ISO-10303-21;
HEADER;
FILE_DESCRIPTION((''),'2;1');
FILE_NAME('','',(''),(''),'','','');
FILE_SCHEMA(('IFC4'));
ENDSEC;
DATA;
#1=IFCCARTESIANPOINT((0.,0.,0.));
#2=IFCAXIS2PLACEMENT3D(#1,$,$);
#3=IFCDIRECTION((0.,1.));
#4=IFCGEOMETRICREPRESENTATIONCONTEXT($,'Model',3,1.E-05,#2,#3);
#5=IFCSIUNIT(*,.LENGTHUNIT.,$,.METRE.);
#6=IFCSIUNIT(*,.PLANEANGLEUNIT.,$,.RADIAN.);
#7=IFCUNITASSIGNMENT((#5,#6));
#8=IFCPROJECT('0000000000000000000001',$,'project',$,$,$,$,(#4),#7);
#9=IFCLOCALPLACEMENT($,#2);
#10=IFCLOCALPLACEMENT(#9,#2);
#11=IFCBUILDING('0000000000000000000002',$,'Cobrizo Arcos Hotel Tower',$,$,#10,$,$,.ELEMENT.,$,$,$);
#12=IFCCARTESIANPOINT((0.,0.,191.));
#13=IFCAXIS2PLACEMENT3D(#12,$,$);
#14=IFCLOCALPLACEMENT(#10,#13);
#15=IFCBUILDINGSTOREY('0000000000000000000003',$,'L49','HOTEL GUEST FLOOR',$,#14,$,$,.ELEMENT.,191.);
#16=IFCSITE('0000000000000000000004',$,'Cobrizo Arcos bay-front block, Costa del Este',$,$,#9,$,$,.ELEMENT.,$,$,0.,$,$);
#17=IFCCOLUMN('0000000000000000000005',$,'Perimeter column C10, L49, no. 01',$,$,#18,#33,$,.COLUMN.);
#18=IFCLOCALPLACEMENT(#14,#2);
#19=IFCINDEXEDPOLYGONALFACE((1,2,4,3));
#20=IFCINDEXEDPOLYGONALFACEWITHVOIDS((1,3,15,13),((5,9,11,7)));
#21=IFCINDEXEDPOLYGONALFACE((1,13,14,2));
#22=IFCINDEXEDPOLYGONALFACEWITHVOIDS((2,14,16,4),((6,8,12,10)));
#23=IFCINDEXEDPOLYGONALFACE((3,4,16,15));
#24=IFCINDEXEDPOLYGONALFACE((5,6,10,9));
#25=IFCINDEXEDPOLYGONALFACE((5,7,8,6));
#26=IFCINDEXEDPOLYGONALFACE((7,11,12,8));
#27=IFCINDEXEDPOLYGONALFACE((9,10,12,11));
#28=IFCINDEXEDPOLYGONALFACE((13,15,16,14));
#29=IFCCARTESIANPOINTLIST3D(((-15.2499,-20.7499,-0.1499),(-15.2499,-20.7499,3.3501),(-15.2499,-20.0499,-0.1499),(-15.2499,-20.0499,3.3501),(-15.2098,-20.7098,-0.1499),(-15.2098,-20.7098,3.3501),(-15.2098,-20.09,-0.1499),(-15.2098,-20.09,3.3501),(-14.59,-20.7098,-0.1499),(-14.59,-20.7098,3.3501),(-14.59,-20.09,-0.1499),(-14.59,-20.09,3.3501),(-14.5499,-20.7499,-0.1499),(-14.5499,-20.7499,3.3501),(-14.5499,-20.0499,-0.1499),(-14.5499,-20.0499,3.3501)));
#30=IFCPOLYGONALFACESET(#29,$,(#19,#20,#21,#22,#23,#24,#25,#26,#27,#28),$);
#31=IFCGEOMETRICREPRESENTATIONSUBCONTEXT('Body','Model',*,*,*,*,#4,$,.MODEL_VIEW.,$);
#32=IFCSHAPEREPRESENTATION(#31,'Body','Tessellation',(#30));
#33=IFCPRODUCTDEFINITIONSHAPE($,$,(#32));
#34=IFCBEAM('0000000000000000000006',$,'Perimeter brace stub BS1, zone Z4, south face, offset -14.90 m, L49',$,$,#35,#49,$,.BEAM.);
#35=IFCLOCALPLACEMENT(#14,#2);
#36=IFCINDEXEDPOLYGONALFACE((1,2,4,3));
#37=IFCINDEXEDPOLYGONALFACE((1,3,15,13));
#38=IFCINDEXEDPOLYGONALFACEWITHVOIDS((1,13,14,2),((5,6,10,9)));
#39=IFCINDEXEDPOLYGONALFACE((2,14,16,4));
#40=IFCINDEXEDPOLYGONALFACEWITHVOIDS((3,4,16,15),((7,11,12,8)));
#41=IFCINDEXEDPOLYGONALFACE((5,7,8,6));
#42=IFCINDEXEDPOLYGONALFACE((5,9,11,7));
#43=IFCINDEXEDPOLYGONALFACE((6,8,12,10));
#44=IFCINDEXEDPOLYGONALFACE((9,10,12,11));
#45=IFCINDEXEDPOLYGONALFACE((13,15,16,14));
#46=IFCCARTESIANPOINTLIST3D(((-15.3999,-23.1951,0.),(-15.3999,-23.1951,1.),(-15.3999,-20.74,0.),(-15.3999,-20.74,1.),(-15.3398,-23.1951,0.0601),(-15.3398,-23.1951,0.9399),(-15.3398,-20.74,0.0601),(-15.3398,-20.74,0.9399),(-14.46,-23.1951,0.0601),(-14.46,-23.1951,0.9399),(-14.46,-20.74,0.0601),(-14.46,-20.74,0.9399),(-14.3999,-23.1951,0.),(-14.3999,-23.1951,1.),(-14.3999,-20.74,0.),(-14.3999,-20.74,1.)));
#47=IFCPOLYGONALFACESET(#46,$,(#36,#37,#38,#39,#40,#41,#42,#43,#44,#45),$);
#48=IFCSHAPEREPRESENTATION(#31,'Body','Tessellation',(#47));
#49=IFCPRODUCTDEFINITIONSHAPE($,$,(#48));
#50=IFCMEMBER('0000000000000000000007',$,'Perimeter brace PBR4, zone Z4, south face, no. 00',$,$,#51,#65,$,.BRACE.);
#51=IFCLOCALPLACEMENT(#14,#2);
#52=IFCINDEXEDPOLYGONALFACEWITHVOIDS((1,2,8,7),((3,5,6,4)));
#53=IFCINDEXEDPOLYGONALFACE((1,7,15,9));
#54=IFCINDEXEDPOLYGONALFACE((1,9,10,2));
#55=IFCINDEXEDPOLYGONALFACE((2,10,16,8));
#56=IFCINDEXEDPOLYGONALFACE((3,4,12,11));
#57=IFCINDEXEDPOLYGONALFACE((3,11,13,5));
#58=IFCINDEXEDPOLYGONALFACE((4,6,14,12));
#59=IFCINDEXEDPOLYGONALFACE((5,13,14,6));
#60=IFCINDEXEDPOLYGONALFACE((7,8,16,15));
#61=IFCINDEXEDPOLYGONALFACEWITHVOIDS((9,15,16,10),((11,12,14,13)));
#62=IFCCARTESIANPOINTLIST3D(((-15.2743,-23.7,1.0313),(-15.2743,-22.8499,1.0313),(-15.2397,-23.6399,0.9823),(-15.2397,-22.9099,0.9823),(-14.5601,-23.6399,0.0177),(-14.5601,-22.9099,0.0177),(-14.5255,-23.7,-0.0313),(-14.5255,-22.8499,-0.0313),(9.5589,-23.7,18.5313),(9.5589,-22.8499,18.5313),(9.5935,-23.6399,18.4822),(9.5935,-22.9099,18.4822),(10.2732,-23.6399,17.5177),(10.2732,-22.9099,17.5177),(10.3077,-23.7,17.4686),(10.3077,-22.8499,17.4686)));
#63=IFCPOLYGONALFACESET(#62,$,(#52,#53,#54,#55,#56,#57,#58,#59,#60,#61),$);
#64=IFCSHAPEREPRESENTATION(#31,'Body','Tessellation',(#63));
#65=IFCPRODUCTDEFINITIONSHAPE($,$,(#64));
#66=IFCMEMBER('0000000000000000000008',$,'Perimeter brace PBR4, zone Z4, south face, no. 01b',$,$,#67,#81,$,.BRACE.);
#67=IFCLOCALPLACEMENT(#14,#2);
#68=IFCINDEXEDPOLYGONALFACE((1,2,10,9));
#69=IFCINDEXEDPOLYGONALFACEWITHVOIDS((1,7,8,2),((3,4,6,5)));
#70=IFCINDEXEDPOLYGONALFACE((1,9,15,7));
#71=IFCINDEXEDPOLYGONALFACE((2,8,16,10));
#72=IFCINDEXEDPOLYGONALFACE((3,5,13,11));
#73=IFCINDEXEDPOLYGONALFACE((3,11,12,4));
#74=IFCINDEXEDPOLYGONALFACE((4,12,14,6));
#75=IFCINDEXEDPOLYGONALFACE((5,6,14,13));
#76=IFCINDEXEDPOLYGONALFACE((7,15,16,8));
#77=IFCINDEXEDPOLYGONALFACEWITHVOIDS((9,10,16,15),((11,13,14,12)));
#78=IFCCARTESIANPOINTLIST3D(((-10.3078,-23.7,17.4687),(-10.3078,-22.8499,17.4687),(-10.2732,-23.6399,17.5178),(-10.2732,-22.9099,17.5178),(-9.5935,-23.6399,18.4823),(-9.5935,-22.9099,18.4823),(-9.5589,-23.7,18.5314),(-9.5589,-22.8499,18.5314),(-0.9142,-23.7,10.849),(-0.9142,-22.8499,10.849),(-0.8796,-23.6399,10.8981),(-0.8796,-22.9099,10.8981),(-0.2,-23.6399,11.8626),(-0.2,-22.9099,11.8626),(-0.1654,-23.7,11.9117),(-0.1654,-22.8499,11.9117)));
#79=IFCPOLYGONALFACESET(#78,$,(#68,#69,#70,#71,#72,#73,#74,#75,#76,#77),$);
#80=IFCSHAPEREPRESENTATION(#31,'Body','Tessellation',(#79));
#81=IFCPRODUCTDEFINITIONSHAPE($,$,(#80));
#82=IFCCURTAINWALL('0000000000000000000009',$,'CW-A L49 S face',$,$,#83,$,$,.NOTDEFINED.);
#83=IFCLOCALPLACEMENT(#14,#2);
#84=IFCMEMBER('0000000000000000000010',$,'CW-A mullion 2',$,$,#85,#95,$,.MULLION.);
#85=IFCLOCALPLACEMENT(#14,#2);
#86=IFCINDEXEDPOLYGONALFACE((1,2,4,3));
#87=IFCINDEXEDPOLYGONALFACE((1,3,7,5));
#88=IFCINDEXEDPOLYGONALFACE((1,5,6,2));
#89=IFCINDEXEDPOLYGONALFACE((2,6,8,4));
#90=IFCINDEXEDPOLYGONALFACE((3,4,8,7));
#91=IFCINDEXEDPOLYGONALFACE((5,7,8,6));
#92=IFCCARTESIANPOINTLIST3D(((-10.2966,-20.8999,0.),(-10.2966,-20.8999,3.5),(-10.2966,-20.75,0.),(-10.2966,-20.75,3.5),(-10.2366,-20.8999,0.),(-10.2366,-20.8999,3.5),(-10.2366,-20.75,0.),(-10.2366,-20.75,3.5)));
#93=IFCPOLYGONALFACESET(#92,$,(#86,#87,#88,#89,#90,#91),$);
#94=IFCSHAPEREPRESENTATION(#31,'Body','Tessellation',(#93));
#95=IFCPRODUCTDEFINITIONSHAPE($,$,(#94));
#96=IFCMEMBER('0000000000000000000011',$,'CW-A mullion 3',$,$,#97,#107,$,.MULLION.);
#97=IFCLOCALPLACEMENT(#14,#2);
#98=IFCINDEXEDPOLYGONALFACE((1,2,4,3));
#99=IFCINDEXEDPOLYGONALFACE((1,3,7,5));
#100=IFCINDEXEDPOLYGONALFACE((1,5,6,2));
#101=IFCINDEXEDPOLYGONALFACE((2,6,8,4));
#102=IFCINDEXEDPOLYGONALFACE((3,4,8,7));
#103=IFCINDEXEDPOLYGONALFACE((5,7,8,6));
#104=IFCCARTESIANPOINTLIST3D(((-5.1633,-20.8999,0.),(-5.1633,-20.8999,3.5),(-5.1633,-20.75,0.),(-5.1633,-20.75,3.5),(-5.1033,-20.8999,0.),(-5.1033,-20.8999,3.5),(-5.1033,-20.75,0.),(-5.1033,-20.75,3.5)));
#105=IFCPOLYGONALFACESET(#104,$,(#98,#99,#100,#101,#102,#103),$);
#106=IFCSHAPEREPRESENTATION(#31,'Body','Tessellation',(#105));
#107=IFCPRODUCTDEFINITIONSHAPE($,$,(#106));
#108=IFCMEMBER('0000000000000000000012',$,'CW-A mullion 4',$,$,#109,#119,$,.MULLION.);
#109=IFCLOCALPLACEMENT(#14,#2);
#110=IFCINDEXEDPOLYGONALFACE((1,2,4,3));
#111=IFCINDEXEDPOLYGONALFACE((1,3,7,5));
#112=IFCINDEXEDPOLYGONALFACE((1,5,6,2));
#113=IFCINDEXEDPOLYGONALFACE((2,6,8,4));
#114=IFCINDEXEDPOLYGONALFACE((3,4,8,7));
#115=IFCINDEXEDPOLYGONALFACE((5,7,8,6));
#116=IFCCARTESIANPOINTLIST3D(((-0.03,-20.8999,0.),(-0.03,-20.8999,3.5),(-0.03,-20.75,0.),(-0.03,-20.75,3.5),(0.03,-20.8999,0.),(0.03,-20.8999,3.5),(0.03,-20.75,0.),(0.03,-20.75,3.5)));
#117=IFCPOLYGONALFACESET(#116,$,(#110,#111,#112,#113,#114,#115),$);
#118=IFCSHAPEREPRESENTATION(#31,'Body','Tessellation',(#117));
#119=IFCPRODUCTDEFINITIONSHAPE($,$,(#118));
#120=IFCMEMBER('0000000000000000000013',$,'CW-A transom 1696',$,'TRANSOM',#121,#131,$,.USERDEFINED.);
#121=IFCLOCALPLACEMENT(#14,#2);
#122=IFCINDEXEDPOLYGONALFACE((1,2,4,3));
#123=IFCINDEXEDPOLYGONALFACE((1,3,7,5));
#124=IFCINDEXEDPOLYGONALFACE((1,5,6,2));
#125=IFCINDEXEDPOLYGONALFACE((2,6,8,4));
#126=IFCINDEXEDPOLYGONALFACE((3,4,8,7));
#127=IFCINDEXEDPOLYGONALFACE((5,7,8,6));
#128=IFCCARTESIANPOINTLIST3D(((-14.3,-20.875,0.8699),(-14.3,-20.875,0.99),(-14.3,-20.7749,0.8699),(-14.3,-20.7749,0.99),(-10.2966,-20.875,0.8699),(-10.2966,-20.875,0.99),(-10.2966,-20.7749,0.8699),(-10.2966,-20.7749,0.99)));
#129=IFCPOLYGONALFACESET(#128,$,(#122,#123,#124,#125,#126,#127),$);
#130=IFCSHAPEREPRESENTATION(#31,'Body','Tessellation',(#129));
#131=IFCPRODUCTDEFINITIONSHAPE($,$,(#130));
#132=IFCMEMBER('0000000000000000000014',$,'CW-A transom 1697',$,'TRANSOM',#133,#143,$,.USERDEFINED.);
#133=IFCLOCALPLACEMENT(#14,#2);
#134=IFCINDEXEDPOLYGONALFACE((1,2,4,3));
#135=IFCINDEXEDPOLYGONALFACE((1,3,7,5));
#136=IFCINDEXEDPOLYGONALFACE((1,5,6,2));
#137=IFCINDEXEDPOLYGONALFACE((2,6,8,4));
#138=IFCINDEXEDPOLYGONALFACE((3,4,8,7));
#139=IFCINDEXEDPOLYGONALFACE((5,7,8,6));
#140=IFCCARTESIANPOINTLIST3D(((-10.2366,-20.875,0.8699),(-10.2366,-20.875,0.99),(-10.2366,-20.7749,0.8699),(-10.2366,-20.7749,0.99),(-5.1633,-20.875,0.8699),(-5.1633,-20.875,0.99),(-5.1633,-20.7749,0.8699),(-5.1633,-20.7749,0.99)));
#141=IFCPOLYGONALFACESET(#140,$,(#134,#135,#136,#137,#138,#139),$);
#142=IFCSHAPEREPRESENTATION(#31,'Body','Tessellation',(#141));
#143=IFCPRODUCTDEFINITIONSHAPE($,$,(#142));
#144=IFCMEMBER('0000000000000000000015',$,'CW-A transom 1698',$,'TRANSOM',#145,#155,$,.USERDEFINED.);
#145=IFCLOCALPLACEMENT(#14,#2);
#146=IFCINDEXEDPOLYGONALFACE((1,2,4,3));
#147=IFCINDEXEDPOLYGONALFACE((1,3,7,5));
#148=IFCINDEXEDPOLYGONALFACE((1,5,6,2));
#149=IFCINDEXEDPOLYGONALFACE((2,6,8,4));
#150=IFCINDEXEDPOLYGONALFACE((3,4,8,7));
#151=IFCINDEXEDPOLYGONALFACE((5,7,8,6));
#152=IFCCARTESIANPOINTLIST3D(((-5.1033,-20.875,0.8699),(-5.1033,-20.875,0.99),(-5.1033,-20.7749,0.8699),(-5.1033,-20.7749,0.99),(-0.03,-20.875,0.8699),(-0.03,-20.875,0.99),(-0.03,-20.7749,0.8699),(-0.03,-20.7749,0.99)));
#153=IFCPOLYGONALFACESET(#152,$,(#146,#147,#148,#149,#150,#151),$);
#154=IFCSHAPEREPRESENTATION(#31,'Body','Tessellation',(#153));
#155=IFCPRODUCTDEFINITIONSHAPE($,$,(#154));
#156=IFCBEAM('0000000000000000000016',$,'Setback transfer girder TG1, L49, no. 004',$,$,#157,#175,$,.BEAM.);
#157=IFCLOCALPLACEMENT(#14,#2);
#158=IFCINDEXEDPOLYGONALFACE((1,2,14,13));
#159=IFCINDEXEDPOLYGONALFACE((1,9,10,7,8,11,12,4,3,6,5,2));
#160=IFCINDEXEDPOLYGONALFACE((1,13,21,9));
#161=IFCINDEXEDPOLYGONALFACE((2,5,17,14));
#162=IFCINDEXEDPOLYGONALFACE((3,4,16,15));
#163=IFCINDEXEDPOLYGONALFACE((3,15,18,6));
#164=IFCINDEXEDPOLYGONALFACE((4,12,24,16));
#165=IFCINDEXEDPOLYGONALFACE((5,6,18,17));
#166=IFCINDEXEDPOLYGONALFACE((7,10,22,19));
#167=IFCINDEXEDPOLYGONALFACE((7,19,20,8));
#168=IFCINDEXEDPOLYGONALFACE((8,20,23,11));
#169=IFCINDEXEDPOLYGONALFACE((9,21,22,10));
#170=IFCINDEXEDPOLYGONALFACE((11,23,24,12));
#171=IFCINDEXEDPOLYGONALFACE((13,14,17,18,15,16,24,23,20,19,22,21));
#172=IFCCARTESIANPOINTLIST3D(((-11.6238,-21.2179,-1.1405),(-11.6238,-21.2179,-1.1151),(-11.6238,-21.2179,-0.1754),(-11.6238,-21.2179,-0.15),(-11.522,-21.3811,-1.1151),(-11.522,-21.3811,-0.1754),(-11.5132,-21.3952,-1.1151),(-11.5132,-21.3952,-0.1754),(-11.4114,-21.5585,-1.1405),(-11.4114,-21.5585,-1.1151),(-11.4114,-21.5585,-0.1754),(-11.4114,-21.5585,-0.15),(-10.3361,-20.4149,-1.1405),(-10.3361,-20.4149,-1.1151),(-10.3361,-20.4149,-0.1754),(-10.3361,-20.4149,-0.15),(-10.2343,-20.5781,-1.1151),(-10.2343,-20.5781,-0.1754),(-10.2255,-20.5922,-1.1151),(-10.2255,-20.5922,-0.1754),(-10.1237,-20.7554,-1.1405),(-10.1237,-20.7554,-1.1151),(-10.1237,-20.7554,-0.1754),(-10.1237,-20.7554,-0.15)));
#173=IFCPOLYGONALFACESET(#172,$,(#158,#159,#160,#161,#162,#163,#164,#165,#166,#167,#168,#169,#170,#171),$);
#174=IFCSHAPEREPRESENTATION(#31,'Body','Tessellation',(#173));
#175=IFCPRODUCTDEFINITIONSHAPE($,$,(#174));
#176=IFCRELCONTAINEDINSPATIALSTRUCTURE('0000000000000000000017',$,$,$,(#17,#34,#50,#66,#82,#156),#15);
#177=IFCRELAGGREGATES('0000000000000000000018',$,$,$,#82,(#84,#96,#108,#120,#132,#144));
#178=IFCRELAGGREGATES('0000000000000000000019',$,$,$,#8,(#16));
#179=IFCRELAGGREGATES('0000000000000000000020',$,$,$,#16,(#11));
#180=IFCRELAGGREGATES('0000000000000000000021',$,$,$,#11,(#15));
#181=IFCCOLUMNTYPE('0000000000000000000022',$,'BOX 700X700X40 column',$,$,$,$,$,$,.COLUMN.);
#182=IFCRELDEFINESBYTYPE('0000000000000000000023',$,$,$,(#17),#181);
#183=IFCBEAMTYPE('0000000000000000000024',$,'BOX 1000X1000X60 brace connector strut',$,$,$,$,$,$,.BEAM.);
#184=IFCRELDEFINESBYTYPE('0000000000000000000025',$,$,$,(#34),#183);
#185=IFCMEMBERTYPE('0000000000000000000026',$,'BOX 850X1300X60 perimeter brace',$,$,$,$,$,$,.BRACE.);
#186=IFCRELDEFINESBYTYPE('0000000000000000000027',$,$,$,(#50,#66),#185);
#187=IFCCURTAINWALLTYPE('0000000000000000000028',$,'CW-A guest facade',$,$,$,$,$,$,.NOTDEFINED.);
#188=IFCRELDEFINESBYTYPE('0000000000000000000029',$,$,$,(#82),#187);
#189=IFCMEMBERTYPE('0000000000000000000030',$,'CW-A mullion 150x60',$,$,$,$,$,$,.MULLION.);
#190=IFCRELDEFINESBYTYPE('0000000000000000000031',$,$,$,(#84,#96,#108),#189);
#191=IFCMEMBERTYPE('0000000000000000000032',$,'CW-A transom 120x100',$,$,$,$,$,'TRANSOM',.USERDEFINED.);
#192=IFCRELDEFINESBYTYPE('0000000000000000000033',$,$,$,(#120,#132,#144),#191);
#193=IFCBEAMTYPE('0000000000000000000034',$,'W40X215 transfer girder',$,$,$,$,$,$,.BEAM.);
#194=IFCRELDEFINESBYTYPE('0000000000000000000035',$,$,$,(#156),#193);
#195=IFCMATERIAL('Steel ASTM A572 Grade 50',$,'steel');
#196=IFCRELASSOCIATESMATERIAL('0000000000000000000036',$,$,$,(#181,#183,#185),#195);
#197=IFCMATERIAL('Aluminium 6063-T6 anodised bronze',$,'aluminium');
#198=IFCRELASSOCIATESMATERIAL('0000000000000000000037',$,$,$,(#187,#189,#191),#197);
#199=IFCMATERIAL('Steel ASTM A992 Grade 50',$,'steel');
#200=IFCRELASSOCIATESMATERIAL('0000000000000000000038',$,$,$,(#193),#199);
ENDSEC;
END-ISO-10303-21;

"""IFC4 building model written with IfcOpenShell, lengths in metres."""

from ifc_helpers import new_model, si_unit, direction, frame, origin, origin_2d, place, context, subcontext, project, spatial, rectangle, hollow_rectangle, i_section, extrude, material, material_profile, profile_set, type_object, element, aggregate, save


model = new_model("IFC4")

# Units and contexts
model_context = context("Model", 3, precision=1e-05, world=origin(), true_north=direction((0.0, 1.0)))
body_context = subcontext(model_context, "Body", "Model", "MODEL_VIEW")
ifc_project = project(units=[si_unit("LENGTHUNIT", "METRE"), si_unit("PLANEANGLEUNIT", "RADIAN")], contexts=[model_context])

# Site, building, storey
site_placement = place(None, origin())
site = spatial("IfcSite", under=ifc_project, at=site_placement, Name="Cobrizo Arcos bay-front block, Costa del Este", CompositionType="ELEMENT", RefElevation=0.0)
building_placement = place(site_placement, origin())
building = spatial("IfcBuilding", under=site, at=building_placement, Name="Cobrizo Arcos Hotel Tower", CompositionType="ELEMENT")
storey_placement = place(building_placement, frame((0.0, 0.0, 191.0)))
storey = spatial("IfcBuildingStorey", under=building, at=storey_placement, Name="L49", Description="HOTEL GUEST FLOOR", CompositionType="ELEMENT", Elevation=191.0)

# Column
ifc_material_1 = material(Name="Steel ASTM A572 Grade 50", Category="steel")
ifc_material_profile_1 = material_profile(ifc_material_1, hollow_rectangle(XDim=0.7, YDim=0.7, WallThickness=0.04, at=origin_2d()), Name="BOX 700X700X40")
ifc_profile_set_1 = profile_set([ifc_material_profile_1], Name="Steel ASTM A572 Grade 50")
column_type = type_object("IfcColumnType", Name="BOX 700X700X40 column", PredefinedType="COLUMN", material=ifc_profile_set_1)
column_placement = place(storey_placement, frame((-14.8999, -20.3999, -0.1499), z_axis=(0.0, 0.0, 1.0), x_axis=(1.0, 0.0, 0.0)))
element("IfcColumn", 1, at=column_placement, inside=storey, type_object=column_type, Name="Perimeter column C10, L49, no. 01", PredefinedType="COLUMN", context=body_context, shape_type="SweptSolid", body=[
    extrude(hollow_rectangle(XDim=0.7, YDim=0.7, WallThickness=0.04, at=origin_2d()), origin(), (0.0, 0.0, 1.0), 3.5),
])

# Beam
ifc_material_profile_2 = material_profile(ifc_material_1, hollow_rectangle(XDim=1.0, YDim=1.0, WallThickness=0.0601, at=origin_2d()), Name="BOX 1000X1000X60")
ifc_profile_set_2 = profile_set([ifc_material_profile_2], Name="Steel ASTM A572 Grade 50")
beam_type_1 = type_object("IfcBeamType", Name="BOX 1000X1000X60 brace connector strut", PredefinedType="BEAM", material=ifc_profile_set_2)
beam_1_placement = place(storey_placement, frame((-14.8999, -20.74, 0.5), z_axis=(0.0, -1.0, 0.0), x_axis=(1.0, 0.0, 0.0)))
element("IfcBeam", 2, at=beam_1_placement, inside=storey, type_object=beam_type_1, Name="Perimeter brace stub BS1, zone Z4, south face, offset -14.90 m, L49", PredefinedType="BEAM", context=body_context, shape_type="SweptSolid", body=[
    extrude(hollow_rectangle(XDim=1.0, YDim=1.0, WallThickness=0.0601, at=origin_2d()), origin(), (0.0, 0.0, 1.0), 2.4551),
])

# Members
ifc_material_profile_3 = material_profile(ifc_material_1, hollow_rectangle(XDim=0.8501, YDim=1.3, WallThickness=0.0601, at=origin_2d()), Name="BOX 850X1300X60")
ifc_profile_set_3 = profile_set([ifc_material_profile_3], Name="Steel ASTM A572 Grade 50")
member_type_1 = type_object("IfcMemberType", Name="BOX 850X1300X60 perimeter brace", PredefinedType="BRACE", material=ifc_profile_set_3)
member_1_placement = place(storey_placement, frame((-14.8999, -23.2749, 0.5), z_axis=(0.817423, 0.0, 0.576038), x_axis=(0.0, 1.0, 0.0)))
element("IfcMember", 3, at=member_1_placement, inside=storey, type_object=member_type_1, Name="Perimeter brace PBR4, zone Z4, south face, no. 00", PredefinedType="BRACE", context=body_context, shape_type="SweptSolid", body=[
    extrude(hollow_rectangle(XDim=0.8501, YDim=1.3, WallThickness=0.0601, at=origin_2d()), origin(), (0.0, 0.0, 1.0), 30.3799),
])
member_2_placement = place(storey_placement, frame((-0.5398, -23.2749, 11.3804), z_axis=(-0.817423, 0.0, 0.576037), x_axis=(0.0, -1.0, 0.0)))
element("IfcMember", 4, at=member_2_placement, inside=storey, type_object=member_type_1, Name="Perimeter brace PBR4, zone Z4, south face, no. 01b", PredefinedType="BRACE", context=body_context, shape_type="SweptSolid", body=[
    extrude(hollow_rectangle(XDim=0.8501, YDim=1.3, WallThickness=0.0601, at=origin_2d()), origin(), (0.0, 0.0, 1.0), 11.4917),
])

# Curtain wall, members
ifc_material_2 = material(Name="Aluminium 6063-T6 anodised bronze", Category="aluminium")
curtain_wall_type = type_object("IfcCurtainWallType", Name="CW-A guest facade", PredefinedType="NOTDEFINED", material=ifc_material_2)
curtain_wall_placement = place(storey_placement, origin())
curtain_wall = element("IfcCurtainWall", 5, at=curtain_wall_placement, inside=storey, type_object=curtain_wall_type, Name="CW-A L49 S face", PredefinedType="NOTDEFINED")
ifc_material_profile_4 = material_profile(ifc_material_2, rectangle(XDim=0.1499, YDim=0.0601, at=origin_2d()), Name="CW-A mullion 150x60")
ifc_profile_set_4 = profile_set([ifc_material_profile_4], Name="Aluminium 6063-T6 anodised bronze")
member_type_2 = type_object("IfcMemberType", Name="CW-A mullion 150x60", PredefinedType="MULLION", material=ifc_profile_set_4)
member_3_placement = place(storey_placement, frame((-10.2666, -20.825, 0.0), z_axis=(0.0, 0.0, 1.0), x_axis=(0.0, -1.0, 0.0)))
member_3 = element("IfcMember", 6, at=member_3_placement, type_object=member_type_2, Name="CW-A mullion 2", PredefinedType="MULLION", context=body_context, shape_type="SweptSolid", body=[
    extrude(rectangle(XDim=0.1499, YDim=0.0601, at=origin_2d()), origin(), (0.0, 0.0, 1.0), 3.5),
])
member_4_placement = place(storey_placement, frame((-5.1333, -20.825, 0.0), z_axis=(0.0, 0.0, 1.0), x_axis=(0.0, -1.0, 0.0)))
member_4 = element("IfcMember", 7, at=member_4_placement, type_object=member_type_2, Name="CW-A mullion 3", PredefinedType="MULLION", context=body_context, shape_type="SweptSolid", body=[
    extrude(rectangle(XDim=0.1499, YDim=0.0601, at=origin_2d()), origin(), (0.0, 0.0, 1.0), 3.5),
])
member_5_placement = place(storey_placement, frame((0.0, -20.825, 0.0), z_axis=(0.0, 0.0, 1.0), x_axis=(0.0, -1.0, 0.0)))
member_5 = element("IfcMember", 8, at=member_5_placement, type_object=member_type_2, Name="CW-A mullion 4", PredefinedType="MULLION", context=body_context, shape_type="SweptSolid", body=[
    extrude(rectangle(XDim=0.1499, YDim=0.0601, at=origin_2d()), origin(), (0.0, 0.0, 1.0), 3.5),
])
ifc_material_profile_5 = material_profile(ifc_material_2, rectangle(XDim=0.1001, YDim=0.1201, at=origin_2d()), Name="CW-A transom 120x100")
ifc_profile_set_5 = profile_set([ifc_material_profile_5], Name="Aluminium 6063-T6 anodised bronze")
member_type_3 = type_object("IfcMemberType", Name="CW-A transom 120x100", ElementType="TRANSOM", PredefinedType="USERDEFINED", material=ifc_profile_set_5)
member_6_placement = place(storey_placement, frame((-14.3, -20.825, 0.9299), z_axis=(1.0, 0.0, 0.0), x_axis=(0.0, 1.0, 0.0)))
member_6 = element("IfcMember", 9, at=member_6_placement, type_object=member_type_3, Name="CW-A transom 1696", ObjectType="TRANSOM", PredefinedType="USERDEFINED", context=body_context, shape_type="SweptSolid", body=[
    extrude(rectangle(XDim=0.1001, YDim=0.1201, at=origin_2d()), origin(), (0.0, 0.0, 1.0), 4.0034),
])
member_7_placement = place(storey_placement, frame((-10.2366, -20.825, 0.9299), z_axis=(1.0, 0.0, 0.0), x_axis=(0.0, 1.0, 0.0)))
member_7 = element("IfcMember", 10, at=member_7_placement, type_object=member_type_3, Name="CW-A transom 1697", ObjectType="TRANSOM", PredefinedType="USERDEFINED", context=body_context, shape_type="SweptSolid", body=[
    extrude(rectangle(XDim=0.1001, YDim=0.1201, at=origin_2d()), origin(), (0.0, 0.0, 1.0), 5.0732),
])
member_8_placement = place(storey_placement, frame((-5.1033, -20.825, 0.9299), z_axis=(1.0, 0.0, 0.0), x_axis=(0.0, 1.0, 0.0)))
member_8 = element("IfcMember", 11, at=member_8_placement, type_object=member_type_3, Name="CW-A transom 1698", ObjectType="TRANSOM", PredefinedType="USERDEFINED", context=body_context, shape_type="SweptSolid", body=[
    extrude(rectangle(XDim=0.1001, YDim=0.1201, at=origin_2d()), origin(), (0.0, 0.0, 1.0), 5.0732),
])

# Beam
ifc_material_3 = material(Name="Steel ASTM A992 Grade 50", Category="steel")
ifc_material_profile_6 = material_profile(ifc_material_3, i_section(OverallWidth=0.4014, OverallDepth=0.9905, WebThickness=0.0166, FlangeThickness=0.0254, at=origin_2d()), Name="W40X215")
ifc_profile_set_6 = profile_set([ifc_material_profile_6], Name="Steel ASTM A992 Grade 50")
beam_type_2 = type_object("IfcBeamType", Name="W40X215 transfer girder", PredefinedType="BEAM", material=ifc_profile_set_6)
beam_2_placement = place(storey_placement, frame((-11.5176, -21.3882, -0.6453), z_axis=(0.848522, 0.52916, 0.0), x_axis=(-0.52916, 0.848522, 0.0)))
element("IfcBeam", 12, at=beam_2_placement, inside=storey, type_object=beam_type_2, Name="Setback transfer girder TG1, L49, no. 004", PredefinedType="BEAM", context=body_context, shape_type="SweptSolid", body=[
    extrude(i_section(OverallWidth=0.4014, OverallDepth=0.9905, WebThickness=0.0166, FlangeThickness=0.0254, at=origin_2d()), origin(), (0.0, 0.0, 1.0), 1.5176),
])

aggregate(curtain_wall, [member_3, member_4, member_5, member_6, member_7, member_8])

save(model, "model.ifc")
